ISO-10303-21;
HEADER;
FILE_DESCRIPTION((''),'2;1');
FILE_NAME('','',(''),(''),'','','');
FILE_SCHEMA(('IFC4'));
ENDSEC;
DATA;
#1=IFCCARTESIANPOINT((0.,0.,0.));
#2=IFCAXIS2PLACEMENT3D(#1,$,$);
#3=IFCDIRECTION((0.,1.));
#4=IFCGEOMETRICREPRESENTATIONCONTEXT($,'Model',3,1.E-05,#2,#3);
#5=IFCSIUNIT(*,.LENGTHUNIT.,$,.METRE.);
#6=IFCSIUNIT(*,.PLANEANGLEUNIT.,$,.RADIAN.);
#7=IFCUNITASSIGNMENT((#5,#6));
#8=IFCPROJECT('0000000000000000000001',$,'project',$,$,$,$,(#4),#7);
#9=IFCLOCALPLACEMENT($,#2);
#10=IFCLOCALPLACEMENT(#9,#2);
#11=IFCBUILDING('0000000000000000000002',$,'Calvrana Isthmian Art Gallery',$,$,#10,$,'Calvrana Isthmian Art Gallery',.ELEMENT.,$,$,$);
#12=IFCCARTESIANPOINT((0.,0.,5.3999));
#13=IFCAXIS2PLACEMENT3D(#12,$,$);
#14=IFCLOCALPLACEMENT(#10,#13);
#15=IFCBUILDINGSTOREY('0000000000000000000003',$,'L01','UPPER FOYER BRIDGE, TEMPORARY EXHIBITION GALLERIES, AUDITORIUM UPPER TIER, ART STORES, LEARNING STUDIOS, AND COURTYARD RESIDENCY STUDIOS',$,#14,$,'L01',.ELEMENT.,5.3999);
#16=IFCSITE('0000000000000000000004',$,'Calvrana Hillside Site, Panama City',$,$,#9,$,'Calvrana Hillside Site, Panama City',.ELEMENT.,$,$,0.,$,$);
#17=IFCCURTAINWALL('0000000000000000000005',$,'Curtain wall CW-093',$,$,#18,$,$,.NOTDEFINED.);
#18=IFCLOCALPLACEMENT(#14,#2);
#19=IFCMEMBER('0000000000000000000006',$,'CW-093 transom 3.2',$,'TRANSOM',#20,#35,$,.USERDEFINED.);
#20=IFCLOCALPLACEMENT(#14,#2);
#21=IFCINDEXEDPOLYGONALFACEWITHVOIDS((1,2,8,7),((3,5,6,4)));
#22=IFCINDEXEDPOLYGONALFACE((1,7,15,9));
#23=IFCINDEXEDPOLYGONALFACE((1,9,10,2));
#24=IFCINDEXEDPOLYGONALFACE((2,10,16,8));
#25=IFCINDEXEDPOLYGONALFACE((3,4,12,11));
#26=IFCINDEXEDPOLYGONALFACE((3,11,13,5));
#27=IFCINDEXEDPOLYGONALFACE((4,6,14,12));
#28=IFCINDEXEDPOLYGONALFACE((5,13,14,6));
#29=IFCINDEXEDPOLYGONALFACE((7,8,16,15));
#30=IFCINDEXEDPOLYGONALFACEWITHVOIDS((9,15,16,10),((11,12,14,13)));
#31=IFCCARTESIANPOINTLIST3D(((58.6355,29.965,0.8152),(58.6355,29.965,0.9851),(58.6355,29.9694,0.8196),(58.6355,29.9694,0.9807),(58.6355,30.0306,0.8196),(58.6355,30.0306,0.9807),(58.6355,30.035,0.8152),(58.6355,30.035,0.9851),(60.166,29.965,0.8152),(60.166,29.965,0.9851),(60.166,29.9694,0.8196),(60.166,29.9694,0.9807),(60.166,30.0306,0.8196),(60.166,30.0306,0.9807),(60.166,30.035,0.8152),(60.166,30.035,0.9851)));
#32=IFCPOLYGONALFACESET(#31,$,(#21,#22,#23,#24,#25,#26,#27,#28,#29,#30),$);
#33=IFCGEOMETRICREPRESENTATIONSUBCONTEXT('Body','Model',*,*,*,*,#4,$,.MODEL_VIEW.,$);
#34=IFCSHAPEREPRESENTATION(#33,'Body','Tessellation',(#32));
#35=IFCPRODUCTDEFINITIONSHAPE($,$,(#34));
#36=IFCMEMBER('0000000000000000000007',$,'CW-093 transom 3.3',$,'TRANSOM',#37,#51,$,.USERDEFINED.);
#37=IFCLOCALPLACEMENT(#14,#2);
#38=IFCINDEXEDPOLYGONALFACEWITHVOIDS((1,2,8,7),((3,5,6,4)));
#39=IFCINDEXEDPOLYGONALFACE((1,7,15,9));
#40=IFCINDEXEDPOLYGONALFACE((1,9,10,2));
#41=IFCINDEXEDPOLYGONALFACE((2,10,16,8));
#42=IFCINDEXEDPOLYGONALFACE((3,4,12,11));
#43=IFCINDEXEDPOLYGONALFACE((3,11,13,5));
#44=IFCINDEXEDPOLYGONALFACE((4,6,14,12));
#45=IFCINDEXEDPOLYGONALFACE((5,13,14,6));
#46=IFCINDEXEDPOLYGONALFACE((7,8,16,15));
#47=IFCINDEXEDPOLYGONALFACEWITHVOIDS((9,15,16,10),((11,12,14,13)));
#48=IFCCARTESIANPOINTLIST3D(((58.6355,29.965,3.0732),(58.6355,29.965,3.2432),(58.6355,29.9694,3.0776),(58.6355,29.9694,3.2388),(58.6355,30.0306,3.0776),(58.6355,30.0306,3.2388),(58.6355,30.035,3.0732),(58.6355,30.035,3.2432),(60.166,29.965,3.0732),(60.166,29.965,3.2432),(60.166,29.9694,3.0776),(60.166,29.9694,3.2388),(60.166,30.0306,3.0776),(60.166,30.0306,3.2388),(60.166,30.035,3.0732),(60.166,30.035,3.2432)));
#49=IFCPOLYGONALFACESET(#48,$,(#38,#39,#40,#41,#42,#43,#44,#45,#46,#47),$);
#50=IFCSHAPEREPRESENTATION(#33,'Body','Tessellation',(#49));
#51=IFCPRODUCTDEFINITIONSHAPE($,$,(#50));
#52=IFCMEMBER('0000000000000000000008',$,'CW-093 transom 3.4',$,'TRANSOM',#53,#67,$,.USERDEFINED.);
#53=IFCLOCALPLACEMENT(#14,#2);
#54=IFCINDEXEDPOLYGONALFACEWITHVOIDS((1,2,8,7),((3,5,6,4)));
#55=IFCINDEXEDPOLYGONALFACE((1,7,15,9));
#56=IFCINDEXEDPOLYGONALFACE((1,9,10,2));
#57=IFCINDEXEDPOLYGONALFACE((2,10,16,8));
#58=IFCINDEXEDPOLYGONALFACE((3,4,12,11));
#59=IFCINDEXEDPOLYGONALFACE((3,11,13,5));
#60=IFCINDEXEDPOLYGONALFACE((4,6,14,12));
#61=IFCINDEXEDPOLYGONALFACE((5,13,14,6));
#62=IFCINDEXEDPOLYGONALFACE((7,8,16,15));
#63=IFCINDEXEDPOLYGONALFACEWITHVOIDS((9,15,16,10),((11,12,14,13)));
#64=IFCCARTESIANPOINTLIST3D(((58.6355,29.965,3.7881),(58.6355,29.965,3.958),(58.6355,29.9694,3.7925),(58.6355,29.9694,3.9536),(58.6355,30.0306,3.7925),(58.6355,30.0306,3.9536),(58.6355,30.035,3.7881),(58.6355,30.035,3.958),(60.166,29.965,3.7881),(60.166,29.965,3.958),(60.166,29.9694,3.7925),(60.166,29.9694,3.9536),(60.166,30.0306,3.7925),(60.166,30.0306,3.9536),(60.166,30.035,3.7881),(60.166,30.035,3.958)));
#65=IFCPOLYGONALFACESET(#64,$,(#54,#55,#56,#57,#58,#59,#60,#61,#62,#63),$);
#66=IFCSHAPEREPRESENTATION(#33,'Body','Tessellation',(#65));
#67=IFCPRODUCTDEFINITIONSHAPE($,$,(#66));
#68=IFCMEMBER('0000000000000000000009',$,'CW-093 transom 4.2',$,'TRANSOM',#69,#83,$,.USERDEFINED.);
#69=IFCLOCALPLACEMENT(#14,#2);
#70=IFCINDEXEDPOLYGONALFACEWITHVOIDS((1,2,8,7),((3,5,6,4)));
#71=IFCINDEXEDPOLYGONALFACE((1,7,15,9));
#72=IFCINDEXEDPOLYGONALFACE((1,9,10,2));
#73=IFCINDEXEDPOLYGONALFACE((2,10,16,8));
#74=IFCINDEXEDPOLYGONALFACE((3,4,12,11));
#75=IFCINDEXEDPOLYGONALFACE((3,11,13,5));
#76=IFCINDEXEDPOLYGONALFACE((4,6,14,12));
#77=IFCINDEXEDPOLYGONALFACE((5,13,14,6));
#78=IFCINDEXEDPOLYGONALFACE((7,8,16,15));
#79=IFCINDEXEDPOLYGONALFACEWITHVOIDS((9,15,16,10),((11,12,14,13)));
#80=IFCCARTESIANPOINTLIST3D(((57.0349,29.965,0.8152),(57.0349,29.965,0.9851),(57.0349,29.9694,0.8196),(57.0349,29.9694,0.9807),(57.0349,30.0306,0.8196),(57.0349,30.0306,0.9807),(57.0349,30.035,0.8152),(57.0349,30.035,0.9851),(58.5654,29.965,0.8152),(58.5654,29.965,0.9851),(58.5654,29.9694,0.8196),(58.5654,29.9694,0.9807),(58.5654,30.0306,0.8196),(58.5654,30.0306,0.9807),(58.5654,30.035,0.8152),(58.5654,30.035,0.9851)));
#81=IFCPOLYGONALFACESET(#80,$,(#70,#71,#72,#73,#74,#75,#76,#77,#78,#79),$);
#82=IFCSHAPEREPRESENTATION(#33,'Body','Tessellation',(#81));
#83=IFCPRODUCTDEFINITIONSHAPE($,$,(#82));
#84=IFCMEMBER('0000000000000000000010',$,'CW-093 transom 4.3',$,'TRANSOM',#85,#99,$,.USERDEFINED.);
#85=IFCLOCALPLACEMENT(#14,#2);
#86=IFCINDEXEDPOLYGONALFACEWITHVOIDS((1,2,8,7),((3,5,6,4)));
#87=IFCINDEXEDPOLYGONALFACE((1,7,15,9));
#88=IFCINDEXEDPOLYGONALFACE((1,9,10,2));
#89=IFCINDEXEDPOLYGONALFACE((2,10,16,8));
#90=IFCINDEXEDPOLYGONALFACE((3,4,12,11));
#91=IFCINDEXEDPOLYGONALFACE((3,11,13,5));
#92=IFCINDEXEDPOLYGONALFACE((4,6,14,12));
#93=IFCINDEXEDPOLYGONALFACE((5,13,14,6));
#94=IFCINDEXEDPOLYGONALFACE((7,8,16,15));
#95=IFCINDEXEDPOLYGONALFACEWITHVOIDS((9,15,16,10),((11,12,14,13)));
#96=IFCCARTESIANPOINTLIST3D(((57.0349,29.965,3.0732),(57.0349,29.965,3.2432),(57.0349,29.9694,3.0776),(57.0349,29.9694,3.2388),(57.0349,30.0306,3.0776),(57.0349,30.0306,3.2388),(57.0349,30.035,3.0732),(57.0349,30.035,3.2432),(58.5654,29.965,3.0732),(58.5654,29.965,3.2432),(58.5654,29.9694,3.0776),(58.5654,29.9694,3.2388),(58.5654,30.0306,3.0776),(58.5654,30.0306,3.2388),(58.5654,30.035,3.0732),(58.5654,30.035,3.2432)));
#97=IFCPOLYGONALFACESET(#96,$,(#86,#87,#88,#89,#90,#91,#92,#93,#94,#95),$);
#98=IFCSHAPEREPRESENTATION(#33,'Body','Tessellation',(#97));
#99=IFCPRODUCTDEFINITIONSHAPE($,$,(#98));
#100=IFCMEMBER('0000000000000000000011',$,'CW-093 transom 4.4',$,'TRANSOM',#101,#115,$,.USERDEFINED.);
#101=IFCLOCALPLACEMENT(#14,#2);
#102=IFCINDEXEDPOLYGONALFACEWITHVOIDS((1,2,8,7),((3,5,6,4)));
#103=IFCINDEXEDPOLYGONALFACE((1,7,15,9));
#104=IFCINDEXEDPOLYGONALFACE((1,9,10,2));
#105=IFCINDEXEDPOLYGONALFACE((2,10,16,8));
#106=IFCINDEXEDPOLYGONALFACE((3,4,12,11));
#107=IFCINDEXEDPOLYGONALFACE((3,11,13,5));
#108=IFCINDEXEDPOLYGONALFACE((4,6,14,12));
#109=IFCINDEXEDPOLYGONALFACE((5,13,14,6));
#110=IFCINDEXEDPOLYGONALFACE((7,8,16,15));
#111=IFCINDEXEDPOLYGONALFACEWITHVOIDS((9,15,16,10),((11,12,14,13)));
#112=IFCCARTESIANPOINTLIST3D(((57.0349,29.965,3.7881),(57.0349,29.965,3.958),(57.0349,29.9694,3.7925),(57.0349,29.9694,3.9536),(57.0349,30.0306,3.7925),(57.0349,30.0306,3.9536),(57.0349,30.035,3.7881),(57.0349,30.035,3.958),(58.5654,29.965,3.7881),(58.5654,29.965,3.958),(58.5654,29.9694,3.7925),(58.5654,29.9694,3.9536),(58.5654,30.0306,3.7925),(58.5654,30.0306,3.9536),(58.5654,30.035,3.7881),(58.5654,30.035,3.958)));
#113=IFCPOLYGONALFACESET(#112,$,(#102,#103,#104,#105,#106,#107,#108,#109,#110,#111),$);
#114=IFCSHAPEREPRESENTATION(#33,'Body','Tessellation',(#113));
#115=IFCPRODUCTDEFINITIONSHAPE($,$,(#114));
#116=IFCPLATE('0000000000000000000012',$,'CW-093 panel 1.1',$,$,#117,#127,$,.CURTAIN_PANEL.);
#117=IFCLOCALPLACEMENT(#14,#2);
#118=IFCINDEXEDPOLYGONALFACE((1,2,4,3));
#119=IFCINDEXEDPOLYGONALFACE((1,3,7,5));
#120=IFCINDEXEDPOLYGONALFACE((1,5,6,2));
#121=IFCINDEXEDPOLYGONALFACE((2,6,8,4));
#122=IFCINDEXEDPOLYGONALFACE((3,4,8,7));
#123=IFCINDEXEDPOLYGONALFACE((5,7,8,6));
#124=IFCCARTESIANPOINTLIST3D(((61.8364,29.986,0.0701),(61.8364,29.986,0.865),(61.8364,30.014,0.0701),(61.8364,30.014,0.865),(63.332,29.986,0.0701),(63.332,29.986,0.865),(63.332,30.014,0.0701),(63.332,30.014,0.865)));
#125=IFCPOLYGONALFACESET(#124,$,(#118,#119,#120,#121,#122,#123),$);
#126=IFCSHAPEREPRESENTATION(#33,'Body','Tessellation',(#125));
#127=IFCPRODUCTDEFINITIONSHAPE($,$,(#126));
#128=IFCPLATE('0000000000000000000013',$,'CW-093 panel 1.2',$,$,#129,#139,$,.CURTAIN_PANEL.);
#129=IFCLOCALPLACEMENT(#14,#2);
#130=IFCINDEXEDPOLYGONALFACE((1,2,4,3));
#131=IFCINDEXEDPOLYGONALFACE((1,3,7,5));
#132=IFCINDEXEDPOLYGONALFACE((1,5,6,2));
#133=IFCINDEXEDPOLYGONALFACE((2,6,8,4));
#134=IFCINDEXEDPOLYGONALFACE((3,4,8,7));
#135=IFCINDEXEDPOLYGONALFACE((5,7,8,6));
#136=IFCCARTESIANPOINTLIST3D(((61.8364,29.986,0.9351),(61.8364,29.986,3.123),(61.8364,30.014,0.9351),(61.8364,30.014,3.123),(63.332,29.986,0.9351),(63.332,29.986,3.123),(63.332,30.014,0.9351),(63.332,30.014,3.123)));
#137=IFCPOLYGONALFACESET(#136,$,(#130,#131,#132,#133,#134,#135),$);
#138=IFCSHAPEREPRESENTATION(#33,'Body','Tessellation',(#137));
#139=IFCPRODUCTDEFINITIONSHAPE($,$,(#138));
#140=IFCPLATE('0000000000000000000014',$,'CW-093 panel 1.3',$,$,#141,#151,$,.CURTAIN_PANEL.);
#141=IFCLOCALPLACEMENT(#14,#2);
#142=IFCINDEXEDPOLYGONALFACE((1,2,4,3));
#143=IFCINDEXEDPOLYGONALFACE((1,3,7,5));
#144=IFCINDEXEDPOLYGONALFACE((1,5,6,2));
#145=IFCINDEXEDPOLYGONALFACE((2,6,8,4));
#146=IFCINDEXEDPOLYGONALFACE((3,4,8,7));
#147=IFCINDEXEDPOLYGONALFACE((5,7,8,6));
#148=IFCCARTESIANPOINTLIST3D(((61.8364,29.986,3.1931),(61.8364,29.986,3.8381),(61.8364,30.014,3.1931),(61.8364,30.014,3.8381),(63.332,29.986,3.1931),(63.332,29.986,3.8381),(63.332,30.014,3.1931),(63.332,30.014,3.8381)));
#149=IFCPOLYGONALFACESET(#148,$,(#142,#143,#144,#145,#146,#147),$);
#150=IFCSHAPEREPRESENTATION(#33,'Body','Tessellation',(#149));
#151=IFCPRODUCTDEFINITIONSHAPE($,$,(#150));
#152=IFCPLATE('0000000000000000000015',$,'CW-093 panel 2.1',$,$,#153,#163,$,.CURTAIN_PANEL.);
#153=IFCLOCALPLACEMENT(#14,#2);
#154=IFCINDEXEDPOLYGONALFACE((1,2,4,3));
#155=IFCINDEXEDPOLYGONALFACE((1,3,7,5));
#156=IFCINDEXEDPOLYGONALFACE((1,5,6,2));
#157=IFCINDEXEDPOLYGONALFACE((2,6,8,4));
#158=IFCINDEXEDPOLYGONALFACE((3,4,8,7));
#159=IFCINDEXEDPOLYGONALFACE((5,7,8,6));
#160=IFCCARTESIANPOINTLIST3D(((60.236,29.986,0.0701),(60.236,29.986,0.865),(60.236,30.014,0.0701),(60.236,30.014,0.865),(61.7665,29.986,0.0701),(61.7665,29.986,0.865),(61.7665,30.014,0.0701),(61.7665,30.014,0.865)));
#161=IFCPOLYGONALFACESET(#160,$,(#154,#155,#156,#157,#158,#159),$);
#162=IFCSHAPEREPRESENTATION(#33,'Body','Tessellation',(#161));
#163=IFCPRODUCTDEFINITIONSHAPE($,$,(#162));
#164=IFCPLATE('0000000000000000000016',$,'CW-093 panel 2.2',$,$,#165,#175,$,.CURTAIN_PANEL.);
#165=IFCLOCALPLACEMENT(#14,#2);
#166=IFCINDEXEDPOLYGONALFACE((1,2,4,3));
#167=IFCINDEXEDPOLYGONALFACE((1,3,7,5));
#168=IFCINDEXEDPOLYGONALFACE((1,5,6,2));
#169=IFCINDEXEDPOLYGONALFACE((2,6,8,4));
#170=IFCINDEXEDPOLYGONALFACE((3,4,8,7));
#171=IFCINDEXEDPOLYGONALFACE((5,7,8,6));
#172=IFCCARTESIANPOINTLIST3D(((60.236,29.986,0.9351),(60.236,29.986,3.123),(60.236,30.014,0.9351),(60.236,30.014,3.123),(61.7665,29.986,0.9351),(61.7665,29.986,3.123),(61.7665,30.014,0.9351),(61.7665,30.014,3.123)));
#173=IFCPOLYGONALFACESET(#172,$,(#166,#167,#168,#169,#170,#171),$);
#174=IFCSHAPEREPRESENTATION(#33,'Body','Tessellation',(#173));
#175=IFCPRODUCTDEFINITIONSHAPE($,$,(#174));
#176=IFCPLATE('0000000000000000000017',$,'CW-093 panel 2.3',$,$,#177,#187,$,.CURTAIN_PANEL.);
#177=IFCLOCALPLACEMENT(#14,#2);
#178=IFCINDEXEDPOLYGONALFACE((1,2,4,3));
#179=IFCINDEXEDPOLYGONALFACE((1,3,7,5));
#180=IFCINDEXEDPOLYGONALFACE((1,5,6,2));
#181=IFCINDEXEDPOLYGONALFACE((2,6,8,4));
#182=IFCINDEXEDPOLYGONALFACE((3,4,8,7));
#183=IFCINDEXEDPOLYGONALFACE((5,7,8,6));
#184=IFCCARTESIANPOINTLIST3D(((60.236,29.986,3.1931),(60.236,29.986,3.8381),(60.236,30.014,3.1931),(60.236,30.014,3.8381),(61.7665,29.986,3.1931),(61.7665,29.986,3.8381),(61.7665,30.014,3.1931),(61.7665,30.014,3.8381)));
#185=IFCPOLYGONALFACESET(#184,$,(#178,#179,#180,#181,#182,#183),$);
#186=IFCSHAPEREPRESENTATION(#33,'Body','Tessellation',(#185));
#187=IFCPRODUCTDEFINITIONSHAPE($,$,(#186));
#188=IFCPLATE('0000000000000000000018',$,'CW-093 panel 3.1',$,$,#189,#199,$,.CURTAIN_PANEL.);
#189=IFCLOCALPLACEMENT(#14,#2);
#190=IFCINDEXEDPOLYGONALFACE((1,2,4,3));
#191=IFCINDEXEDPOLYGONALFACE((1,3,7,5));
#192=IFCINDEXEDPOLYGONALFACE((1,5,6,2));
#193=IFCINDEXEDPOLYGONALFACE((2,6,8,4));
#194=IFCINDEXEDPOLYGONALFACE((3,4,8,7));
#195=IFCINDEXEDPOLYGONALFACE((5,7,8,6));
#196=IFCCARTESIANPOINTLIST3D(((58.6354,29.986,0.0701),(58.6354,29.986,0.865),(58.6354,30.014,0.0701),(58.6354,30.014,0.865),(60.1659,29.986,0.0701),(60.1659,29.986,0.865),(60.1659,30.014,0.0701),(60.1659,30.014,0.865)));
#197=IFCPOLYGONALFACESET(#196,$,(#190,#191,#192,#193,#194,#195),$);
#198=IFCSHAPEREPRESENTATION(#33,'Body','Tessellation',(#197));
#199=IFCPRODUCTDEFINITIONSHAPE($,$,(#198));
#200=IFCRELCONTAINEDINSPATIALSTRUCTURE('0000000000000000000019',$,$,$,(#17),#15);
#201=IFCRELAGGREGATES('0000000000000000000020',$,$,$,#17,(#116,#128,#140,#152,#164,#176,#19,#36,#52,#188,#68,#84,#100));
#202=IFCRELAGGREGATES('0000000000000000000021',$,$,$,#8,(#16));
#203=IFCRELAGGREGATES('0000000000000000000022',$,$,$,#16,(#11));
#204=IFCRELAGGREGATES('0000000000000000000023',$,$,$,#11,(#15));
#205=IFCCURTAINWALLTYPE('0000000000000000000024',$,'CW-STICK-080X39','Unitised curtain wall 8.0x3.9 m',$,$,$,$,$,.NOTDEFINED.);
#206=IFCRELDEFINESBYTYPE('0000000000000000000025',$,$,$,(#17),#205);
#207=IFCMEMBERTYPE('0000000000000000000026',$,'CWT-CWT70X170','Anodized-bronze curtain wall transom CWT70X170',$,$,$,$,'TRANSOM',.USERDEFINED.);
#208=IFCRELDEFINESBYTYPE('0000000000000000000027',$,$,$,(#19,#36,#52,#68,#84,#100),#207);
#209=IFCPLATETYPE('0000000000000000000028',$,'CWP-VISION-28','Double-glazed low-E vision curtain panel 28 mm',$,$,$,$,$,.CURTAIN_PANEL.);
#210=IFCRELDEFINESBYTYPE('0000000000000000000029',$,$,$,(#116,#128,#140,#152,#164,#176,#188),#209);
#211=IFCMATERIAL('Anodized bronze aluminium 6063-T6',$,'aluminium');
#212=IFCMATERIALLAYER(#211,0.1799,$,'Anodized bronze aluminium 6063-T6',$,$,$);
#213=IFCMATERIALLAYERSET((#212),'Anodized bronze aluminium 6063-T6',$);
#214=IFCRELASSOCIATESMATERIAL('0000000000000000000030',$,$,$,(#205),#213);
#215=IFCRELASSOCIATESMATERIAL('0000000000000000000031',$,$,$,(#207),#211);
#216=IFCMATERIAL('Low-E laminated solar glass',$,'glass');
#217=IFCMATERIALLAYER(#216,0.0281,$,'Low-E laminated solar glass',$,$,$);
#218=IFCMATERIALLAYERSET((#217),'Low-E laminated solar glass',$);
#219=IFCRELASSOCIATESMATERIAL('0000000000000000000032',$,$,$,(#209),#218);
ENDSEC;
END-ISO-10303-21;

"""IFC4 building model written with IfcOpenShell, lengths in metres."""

from ifc_helpers import new_model, si_unit, direction, frame, origin, origin_2d, place, context, subcontext, project, spatial, rectangle, hollow_rectangle, extrude, material, layer, layer_set, material_profile, profile_set, type_object, element, aggregate, save


model = new_model("IFC4")

# Units and contexts
model_context = context("Model", 3, precision=1e-05, world=origin(), true_north=direction((0.0, 1.0)))
body_context = subcontext(model_context, "Body", "Model", "MODEL_VIEW")
ifc_project = project(units=[si_unit("LENGTHUNIT", "METRE"), si_unit("PLANEANGLEUNIT", "RADIAN")], contexts=[model_context])

# Site, building, storey
site_placement = place(None, origin())
site = spatial("IfcSite", under=ifc_project, at=site_placement, Name="Calvrana Hillside Site, Panama City", LongName="Calvrana Hillside Site, Panama City", CompositionType="ELEMENT", RefElevation=0.0)
building_placement = place(site_placement, origin())
building = spatial("IfcBuilding", under=site, at=building_placement, Name="Calvrana Isthmian Art Gallery", LongName="Calvrana Isthmian Art Gallery", CompositionType="ELEMENT")
storey_placement = place(building_placement, frame((0.0, 0.0, 5.3999)))
storey = spatial("IfcBuildingStorey", under=building, at=storey_placement, Name="L01", Description="UPPER FOYER BRIDGE, TEMPORARY EXHIBITION GALLERIES, AUDITORIUM UPPER TIER, ART STORES, LEARNING STUDIOS, AND COURTYARD RESIDENCY STUDIOS", LongName="L01", CompositionType="ELEMENT", Elevation=5.3999)

# Curtain wall, members, plates
ifc_material_1 = material(Name="Anodized bronze aluminium 6063-T6", Category="aluminium")
ifc_layer_1 = layer(ifc_material_1, 0.1799, Name="Anodized bronze aluminium 6063-T6")
ifc_layer_set_1 = layer_set([ifc_layer_1], Name="Anodized bronze aluminium 6063-T6")
curtain_wall_type = type_object("IfcCurtainWallType", Name="CW-STICK-080X39", Description="Unitised curtain wall 8.0x3.9 m", PredefinedType="NOTDEFINED", material=ifc_layer_set_1)
curtain_wall_placement = place(storey_placement, origin())
curtain_wall = element("IfcCurtainWall", 1, at=curtain_wall_placement, inside=storey, type_object=curtain_wall_type, Name="Curtain wall CW-093", PredefinedType="NOTDEFINED")
ifc_material_profile_1 = material_profile(ifc_material_1, hollow_rectangle(XDim=0.0701, YDim=0.1699, WallThickness=0.0044, at=origin_2d()), Name="CWT70X170")
ifc_profile_set_1 = profile_set([ifc_material_profile_1], Name="Anodized bronze aluminium 6063-T6")
member_type_1 = type_object("IfcMemberType", Name="CWT-CWT70X170", Description="Anodized-bronze curtain wall transom CWT70X170", ElementType="TRANSOM", PredefinedType="USERDEFINED", material=ifc_profile_set_1)
member_1_placement = place(storey_placement, frame((60.166, 30.0, 0.9001), z_axis=(-1.0, 0.0, 0.0), x_axis=(0.0, -1.0, 0.0)))
member_1 = element("IfcMember", 2, at=member_1_placement, type_object=member_type_1, Name="CW-093 transom 3.2", ObjectType="TRANSOM", PredefinedType="USERDEFINED", context=body_context, shape_type="SweptSolid", body=[
    extrude(hollow_rectangle(XDim=0.0701, YDim=0.1699, WallThickness=0.0044, at=origin_2d()), origin(), (0.0, 0.0, 1.0), 1.5305),
])
member_2_placement = place(storey_placement, frame((60.166, 30.0, 3.1582), z_axis=(-1.0, 0.0, 0.0), x_axis=(0.0, -1.0, 0.0)))
member_2 = element("IfcMember", 3, at=member_2_placement, type_object=member_type_1, Name="CW-093 transom 3.3", ObjectType="TRANSOM", PredefinedType="USERDEFINED", context=body_context, shape_type="SweptSolid", body=[
    extrude(hollow_rectangle(XDim=0.0701, YDim=0.1699, WallThickness=0.0044, at=origin_2d()), origin(), (0.0, 0.0, 1.0), 1.5305),
])
member_3_placement = place(storey_placement, frame((60.166, 30.0, 3.873), z_axis=(-1.0, 0.0, 0.0), x_axis=(0.0, -1.0, 0.0)))
member_3 = element("IfcMember", 4, at=member_3_placement, type_object=member_type_1, Name="CW-093 transom 3.4", ObjectType="TRANSOM", PredefinedType="USERDEFINED", context=body_context, shape_type="SweptSolid", body=[
    extrude(hollow_rectangle(XDim=0.0701, YDim=0.1699, WallThickness=0.0044, at=origin_2d()), origin(), (0.0, 0.0, 1.0), 1.5305),
])
member_4_placement = place(storey_placement, frame((58.5654, 30.0, 0.9001), z_axis=(-1.0, 0.0, 0.0), x_axis=(0.0, -1.0, 0.0)))
member_4 = element("IfcMember", 5, at=member_4_placement, type_object=member_type_1, Name="CW-093 transom 4.2", ObjectType="TRANSOM", PredefinedType="USERDEFINED", context=body_context, shape_type="SweptSolid", body=[
    extrude(hollow_rectangle(XDim=0.0701, YDim=0.1699, WallThickness=0.0044, at=origin_2d()), origin(), (0.0, 0.0, 1.0), 1.5305),
])
member_5_placement = place(storey_placement, frame((58.5654, 30.0, 3.1582), z_axis=(-1.0, 0.0, 0.0), x_axis=(0.0, -1.0, 0.0)))
member_5 = element("IfcMember", 6, at=member_5_placement, type_object=member_type_1, Name="CW-093 transom 4.3", ObjectType="TRANSOM", PredefinedType="USERDEFINED", context=body_context, shape_type="SweptSolid", body=[
    extrude(hollow_rectangle(XDim=0.0701, YDim=0.1699, WallThickness=0.0044, at=origin_2d()), origin(), (0.0, 0.0, 1.0), 1.5305),
])
member_6_placement = place(storey_placement, frame((58.5654, 30.0, 3.873), z_axis=(-1.0, 0.0, 0.0), x_axis=(0.0, -1.0, 0.0)))
member_6 = element("IfcMember", 7, at=member_6_placement, type_object=member_type_1, Name="CW-093 transom 4.4", ObjectType="TRANSOM", PredefinedType="USERDEFINED", context=body_context, shape_type="SweptSolid", body=[
    extrude(hollow_rectangle(XDim=0.0701, YDim=0.1699, WallThickness=0.0044, at=origin_2d()), origin(), (0.0, 0.0, 1.0), 1.5305),
])
ifc_material_2 = material(Name="Low-E laminated solar glass", Category="glass")
ifc_layer_2 = layer(ifc_material_2, 0.0281, Name="Low-E laminated solar glass")
ifc_layer_set_2 = layer_set([ifc_layer_2], Name="Low-E laminated solar glass")
plate_type = type_object("IfcPlateType", Name="CWP-VISION-28", Description="Double-glazed low-E vision curtain panel 28 mm", PredefinedType="CURTAIN_PANEL", material=ifc_layer_set_2)
plate_1_placement = place(storey_placement, frame((62.5842, 30.0, 0.0701), z_axis=(0.0, 0.0, 1.0), x_axis=(-1.0, 0.0, 0.0)))
plate_1 = element("IfcPlate", 8, at=plate_1_placement, type_object=plate_type, Name="CW-093 panel 1.1", PredefinedType="CURTAIN_PANEL", context=body_context, shape_type="SweptSolid", body=[
    extrude(rectangle(XDim=1.4956, YDim=0.0281, at=origin_2d()), origin(), (0.0, 0.0, 1.0), 0.7949),
])
plate_2_placement = place(storey_placement, frame((62.5842, 30.0, 0.9351), z_axis=(0.0, 0.0, 1.0), x_axis=(-1.0, 0.0, 0.0)))
plate_2 = element("IfcPlate", 9, at=plate_2_placement, type_object=plate_type, Name="CW-093 panel 1.2", PredefinedType="CURTAIN_PANEL", context=body_context, shape_type="SweptSolid", body=[
    extrude(rectangle(XDim=1.4956, YDim=0.0281, at=origin_2d()), origin(), (0.0, 0.0, 1.0), 2.188),
])
plate_3_placement = place(storey_placement, frame((62.5842, 30.0, 3.1931), z_axis=(0.0, 0.0, 1.0), x_axis=(-1.0, 0.0, 0.0)))
plate_3 = element("IfcPlate", 10, at=plate_3_placement, type_object=plate_type, Name="CW-093 panel 1.3", PredefinedType="CURTAIN_PANEL", context=body_context, shape_type="SweptSolid", body=[
    extrude(rectangle(XDim=1.4956, YDim=0.0281, at=origin_2d()), origin(), (0.0, 0.0, 1.0), 0.645),
])
plate_4_placement = place(storey_placement, frame((61.0012, 30.0, 0.0701), z_axis=(0.0, 0.0, 1.0), x_axis=(-1.0, 0.0, 0.0)))
plate_4 = element("IfcPlate", 11, at=plate_4_placement, type_object=plate_type, Name="CW-093 panel 2.1", PredefinedType="CURTAIN_PANEL", context=body_context, shape_type="SweptSolid", body=[
    extrude(rectangle(XDim=1.5305, YDim=0.0281, at=origin_2d()), origin(), (0.0, 0.0, 1.0), 0.7949),
])
plate_5_placement = place(storey_placement, frame((61.0012, 30.0, 0.9351), z_axis=(0.0, 0.0, 1.0), x_axis=(-1.0, 0.0, 0.0)))
plate_5 = element("IfcPlate", 12, at=plate_5_placement, type_object=plate_type, Name="CW-093 panel 2.2", PredefinedType="CURTAIN_PANEL", context=body_context, shape_type="SweptSolid", body=[
    extrude(rectangle(XDim=1.5305, YDim=0.0281, at=origin_2d()), origin(), (0.0, 0.0, 1.0), 2.188),
])
plate_6_placement = place(storey_placement, frame((61.0012, 30.0, 3.1931), z_axis=(0.0, 0.0, 1.0), x_axis=(-1.0, 0.0, 0.0)))
plate_6 = element("IfcPlate", 13, at=plate_6_placement, type_object=plate_type, Name="CW-093 panel 2.3", PredefinedType="CURTAIN_PANEL", context=body_context, shape_type="SweptSolid", body=[
    extrude(rectangle(XDim=1.5305, YDim=0.0281, at=origin_2d()), origin(), (0.0, 0.0, 1.0), 0.645),
])
plate_7_placement = place(storey_placement, frame((59.4006, 30.0, 0.0701), z_axis=(0.0, 0.0, 1.0), x_axis=(-1.0, 0.0, 0.0)))
plate_7 = element("IfcPlate", 14, at=plate_7_placement, type_object=plate_type, Name="CW-093 panel 3.1", PredefinedType="CURTAIN_PANEL", context=body_context, shape_type="SweptSolid", body=[
    extrude(rectangle(XDim=1.5305, YDim=0.0281, at=origin_2d()), origin(), (0.0, 0.0, 1.0), 0.7949),
])
aggregate(curtain_wall, [plate_1, plate_2, plate_3, plate_4, plate_5, plate_6, member_1, member_2, member_3, plate_7, member_4, member_5, member_6])

save(model, "model.ifc")
